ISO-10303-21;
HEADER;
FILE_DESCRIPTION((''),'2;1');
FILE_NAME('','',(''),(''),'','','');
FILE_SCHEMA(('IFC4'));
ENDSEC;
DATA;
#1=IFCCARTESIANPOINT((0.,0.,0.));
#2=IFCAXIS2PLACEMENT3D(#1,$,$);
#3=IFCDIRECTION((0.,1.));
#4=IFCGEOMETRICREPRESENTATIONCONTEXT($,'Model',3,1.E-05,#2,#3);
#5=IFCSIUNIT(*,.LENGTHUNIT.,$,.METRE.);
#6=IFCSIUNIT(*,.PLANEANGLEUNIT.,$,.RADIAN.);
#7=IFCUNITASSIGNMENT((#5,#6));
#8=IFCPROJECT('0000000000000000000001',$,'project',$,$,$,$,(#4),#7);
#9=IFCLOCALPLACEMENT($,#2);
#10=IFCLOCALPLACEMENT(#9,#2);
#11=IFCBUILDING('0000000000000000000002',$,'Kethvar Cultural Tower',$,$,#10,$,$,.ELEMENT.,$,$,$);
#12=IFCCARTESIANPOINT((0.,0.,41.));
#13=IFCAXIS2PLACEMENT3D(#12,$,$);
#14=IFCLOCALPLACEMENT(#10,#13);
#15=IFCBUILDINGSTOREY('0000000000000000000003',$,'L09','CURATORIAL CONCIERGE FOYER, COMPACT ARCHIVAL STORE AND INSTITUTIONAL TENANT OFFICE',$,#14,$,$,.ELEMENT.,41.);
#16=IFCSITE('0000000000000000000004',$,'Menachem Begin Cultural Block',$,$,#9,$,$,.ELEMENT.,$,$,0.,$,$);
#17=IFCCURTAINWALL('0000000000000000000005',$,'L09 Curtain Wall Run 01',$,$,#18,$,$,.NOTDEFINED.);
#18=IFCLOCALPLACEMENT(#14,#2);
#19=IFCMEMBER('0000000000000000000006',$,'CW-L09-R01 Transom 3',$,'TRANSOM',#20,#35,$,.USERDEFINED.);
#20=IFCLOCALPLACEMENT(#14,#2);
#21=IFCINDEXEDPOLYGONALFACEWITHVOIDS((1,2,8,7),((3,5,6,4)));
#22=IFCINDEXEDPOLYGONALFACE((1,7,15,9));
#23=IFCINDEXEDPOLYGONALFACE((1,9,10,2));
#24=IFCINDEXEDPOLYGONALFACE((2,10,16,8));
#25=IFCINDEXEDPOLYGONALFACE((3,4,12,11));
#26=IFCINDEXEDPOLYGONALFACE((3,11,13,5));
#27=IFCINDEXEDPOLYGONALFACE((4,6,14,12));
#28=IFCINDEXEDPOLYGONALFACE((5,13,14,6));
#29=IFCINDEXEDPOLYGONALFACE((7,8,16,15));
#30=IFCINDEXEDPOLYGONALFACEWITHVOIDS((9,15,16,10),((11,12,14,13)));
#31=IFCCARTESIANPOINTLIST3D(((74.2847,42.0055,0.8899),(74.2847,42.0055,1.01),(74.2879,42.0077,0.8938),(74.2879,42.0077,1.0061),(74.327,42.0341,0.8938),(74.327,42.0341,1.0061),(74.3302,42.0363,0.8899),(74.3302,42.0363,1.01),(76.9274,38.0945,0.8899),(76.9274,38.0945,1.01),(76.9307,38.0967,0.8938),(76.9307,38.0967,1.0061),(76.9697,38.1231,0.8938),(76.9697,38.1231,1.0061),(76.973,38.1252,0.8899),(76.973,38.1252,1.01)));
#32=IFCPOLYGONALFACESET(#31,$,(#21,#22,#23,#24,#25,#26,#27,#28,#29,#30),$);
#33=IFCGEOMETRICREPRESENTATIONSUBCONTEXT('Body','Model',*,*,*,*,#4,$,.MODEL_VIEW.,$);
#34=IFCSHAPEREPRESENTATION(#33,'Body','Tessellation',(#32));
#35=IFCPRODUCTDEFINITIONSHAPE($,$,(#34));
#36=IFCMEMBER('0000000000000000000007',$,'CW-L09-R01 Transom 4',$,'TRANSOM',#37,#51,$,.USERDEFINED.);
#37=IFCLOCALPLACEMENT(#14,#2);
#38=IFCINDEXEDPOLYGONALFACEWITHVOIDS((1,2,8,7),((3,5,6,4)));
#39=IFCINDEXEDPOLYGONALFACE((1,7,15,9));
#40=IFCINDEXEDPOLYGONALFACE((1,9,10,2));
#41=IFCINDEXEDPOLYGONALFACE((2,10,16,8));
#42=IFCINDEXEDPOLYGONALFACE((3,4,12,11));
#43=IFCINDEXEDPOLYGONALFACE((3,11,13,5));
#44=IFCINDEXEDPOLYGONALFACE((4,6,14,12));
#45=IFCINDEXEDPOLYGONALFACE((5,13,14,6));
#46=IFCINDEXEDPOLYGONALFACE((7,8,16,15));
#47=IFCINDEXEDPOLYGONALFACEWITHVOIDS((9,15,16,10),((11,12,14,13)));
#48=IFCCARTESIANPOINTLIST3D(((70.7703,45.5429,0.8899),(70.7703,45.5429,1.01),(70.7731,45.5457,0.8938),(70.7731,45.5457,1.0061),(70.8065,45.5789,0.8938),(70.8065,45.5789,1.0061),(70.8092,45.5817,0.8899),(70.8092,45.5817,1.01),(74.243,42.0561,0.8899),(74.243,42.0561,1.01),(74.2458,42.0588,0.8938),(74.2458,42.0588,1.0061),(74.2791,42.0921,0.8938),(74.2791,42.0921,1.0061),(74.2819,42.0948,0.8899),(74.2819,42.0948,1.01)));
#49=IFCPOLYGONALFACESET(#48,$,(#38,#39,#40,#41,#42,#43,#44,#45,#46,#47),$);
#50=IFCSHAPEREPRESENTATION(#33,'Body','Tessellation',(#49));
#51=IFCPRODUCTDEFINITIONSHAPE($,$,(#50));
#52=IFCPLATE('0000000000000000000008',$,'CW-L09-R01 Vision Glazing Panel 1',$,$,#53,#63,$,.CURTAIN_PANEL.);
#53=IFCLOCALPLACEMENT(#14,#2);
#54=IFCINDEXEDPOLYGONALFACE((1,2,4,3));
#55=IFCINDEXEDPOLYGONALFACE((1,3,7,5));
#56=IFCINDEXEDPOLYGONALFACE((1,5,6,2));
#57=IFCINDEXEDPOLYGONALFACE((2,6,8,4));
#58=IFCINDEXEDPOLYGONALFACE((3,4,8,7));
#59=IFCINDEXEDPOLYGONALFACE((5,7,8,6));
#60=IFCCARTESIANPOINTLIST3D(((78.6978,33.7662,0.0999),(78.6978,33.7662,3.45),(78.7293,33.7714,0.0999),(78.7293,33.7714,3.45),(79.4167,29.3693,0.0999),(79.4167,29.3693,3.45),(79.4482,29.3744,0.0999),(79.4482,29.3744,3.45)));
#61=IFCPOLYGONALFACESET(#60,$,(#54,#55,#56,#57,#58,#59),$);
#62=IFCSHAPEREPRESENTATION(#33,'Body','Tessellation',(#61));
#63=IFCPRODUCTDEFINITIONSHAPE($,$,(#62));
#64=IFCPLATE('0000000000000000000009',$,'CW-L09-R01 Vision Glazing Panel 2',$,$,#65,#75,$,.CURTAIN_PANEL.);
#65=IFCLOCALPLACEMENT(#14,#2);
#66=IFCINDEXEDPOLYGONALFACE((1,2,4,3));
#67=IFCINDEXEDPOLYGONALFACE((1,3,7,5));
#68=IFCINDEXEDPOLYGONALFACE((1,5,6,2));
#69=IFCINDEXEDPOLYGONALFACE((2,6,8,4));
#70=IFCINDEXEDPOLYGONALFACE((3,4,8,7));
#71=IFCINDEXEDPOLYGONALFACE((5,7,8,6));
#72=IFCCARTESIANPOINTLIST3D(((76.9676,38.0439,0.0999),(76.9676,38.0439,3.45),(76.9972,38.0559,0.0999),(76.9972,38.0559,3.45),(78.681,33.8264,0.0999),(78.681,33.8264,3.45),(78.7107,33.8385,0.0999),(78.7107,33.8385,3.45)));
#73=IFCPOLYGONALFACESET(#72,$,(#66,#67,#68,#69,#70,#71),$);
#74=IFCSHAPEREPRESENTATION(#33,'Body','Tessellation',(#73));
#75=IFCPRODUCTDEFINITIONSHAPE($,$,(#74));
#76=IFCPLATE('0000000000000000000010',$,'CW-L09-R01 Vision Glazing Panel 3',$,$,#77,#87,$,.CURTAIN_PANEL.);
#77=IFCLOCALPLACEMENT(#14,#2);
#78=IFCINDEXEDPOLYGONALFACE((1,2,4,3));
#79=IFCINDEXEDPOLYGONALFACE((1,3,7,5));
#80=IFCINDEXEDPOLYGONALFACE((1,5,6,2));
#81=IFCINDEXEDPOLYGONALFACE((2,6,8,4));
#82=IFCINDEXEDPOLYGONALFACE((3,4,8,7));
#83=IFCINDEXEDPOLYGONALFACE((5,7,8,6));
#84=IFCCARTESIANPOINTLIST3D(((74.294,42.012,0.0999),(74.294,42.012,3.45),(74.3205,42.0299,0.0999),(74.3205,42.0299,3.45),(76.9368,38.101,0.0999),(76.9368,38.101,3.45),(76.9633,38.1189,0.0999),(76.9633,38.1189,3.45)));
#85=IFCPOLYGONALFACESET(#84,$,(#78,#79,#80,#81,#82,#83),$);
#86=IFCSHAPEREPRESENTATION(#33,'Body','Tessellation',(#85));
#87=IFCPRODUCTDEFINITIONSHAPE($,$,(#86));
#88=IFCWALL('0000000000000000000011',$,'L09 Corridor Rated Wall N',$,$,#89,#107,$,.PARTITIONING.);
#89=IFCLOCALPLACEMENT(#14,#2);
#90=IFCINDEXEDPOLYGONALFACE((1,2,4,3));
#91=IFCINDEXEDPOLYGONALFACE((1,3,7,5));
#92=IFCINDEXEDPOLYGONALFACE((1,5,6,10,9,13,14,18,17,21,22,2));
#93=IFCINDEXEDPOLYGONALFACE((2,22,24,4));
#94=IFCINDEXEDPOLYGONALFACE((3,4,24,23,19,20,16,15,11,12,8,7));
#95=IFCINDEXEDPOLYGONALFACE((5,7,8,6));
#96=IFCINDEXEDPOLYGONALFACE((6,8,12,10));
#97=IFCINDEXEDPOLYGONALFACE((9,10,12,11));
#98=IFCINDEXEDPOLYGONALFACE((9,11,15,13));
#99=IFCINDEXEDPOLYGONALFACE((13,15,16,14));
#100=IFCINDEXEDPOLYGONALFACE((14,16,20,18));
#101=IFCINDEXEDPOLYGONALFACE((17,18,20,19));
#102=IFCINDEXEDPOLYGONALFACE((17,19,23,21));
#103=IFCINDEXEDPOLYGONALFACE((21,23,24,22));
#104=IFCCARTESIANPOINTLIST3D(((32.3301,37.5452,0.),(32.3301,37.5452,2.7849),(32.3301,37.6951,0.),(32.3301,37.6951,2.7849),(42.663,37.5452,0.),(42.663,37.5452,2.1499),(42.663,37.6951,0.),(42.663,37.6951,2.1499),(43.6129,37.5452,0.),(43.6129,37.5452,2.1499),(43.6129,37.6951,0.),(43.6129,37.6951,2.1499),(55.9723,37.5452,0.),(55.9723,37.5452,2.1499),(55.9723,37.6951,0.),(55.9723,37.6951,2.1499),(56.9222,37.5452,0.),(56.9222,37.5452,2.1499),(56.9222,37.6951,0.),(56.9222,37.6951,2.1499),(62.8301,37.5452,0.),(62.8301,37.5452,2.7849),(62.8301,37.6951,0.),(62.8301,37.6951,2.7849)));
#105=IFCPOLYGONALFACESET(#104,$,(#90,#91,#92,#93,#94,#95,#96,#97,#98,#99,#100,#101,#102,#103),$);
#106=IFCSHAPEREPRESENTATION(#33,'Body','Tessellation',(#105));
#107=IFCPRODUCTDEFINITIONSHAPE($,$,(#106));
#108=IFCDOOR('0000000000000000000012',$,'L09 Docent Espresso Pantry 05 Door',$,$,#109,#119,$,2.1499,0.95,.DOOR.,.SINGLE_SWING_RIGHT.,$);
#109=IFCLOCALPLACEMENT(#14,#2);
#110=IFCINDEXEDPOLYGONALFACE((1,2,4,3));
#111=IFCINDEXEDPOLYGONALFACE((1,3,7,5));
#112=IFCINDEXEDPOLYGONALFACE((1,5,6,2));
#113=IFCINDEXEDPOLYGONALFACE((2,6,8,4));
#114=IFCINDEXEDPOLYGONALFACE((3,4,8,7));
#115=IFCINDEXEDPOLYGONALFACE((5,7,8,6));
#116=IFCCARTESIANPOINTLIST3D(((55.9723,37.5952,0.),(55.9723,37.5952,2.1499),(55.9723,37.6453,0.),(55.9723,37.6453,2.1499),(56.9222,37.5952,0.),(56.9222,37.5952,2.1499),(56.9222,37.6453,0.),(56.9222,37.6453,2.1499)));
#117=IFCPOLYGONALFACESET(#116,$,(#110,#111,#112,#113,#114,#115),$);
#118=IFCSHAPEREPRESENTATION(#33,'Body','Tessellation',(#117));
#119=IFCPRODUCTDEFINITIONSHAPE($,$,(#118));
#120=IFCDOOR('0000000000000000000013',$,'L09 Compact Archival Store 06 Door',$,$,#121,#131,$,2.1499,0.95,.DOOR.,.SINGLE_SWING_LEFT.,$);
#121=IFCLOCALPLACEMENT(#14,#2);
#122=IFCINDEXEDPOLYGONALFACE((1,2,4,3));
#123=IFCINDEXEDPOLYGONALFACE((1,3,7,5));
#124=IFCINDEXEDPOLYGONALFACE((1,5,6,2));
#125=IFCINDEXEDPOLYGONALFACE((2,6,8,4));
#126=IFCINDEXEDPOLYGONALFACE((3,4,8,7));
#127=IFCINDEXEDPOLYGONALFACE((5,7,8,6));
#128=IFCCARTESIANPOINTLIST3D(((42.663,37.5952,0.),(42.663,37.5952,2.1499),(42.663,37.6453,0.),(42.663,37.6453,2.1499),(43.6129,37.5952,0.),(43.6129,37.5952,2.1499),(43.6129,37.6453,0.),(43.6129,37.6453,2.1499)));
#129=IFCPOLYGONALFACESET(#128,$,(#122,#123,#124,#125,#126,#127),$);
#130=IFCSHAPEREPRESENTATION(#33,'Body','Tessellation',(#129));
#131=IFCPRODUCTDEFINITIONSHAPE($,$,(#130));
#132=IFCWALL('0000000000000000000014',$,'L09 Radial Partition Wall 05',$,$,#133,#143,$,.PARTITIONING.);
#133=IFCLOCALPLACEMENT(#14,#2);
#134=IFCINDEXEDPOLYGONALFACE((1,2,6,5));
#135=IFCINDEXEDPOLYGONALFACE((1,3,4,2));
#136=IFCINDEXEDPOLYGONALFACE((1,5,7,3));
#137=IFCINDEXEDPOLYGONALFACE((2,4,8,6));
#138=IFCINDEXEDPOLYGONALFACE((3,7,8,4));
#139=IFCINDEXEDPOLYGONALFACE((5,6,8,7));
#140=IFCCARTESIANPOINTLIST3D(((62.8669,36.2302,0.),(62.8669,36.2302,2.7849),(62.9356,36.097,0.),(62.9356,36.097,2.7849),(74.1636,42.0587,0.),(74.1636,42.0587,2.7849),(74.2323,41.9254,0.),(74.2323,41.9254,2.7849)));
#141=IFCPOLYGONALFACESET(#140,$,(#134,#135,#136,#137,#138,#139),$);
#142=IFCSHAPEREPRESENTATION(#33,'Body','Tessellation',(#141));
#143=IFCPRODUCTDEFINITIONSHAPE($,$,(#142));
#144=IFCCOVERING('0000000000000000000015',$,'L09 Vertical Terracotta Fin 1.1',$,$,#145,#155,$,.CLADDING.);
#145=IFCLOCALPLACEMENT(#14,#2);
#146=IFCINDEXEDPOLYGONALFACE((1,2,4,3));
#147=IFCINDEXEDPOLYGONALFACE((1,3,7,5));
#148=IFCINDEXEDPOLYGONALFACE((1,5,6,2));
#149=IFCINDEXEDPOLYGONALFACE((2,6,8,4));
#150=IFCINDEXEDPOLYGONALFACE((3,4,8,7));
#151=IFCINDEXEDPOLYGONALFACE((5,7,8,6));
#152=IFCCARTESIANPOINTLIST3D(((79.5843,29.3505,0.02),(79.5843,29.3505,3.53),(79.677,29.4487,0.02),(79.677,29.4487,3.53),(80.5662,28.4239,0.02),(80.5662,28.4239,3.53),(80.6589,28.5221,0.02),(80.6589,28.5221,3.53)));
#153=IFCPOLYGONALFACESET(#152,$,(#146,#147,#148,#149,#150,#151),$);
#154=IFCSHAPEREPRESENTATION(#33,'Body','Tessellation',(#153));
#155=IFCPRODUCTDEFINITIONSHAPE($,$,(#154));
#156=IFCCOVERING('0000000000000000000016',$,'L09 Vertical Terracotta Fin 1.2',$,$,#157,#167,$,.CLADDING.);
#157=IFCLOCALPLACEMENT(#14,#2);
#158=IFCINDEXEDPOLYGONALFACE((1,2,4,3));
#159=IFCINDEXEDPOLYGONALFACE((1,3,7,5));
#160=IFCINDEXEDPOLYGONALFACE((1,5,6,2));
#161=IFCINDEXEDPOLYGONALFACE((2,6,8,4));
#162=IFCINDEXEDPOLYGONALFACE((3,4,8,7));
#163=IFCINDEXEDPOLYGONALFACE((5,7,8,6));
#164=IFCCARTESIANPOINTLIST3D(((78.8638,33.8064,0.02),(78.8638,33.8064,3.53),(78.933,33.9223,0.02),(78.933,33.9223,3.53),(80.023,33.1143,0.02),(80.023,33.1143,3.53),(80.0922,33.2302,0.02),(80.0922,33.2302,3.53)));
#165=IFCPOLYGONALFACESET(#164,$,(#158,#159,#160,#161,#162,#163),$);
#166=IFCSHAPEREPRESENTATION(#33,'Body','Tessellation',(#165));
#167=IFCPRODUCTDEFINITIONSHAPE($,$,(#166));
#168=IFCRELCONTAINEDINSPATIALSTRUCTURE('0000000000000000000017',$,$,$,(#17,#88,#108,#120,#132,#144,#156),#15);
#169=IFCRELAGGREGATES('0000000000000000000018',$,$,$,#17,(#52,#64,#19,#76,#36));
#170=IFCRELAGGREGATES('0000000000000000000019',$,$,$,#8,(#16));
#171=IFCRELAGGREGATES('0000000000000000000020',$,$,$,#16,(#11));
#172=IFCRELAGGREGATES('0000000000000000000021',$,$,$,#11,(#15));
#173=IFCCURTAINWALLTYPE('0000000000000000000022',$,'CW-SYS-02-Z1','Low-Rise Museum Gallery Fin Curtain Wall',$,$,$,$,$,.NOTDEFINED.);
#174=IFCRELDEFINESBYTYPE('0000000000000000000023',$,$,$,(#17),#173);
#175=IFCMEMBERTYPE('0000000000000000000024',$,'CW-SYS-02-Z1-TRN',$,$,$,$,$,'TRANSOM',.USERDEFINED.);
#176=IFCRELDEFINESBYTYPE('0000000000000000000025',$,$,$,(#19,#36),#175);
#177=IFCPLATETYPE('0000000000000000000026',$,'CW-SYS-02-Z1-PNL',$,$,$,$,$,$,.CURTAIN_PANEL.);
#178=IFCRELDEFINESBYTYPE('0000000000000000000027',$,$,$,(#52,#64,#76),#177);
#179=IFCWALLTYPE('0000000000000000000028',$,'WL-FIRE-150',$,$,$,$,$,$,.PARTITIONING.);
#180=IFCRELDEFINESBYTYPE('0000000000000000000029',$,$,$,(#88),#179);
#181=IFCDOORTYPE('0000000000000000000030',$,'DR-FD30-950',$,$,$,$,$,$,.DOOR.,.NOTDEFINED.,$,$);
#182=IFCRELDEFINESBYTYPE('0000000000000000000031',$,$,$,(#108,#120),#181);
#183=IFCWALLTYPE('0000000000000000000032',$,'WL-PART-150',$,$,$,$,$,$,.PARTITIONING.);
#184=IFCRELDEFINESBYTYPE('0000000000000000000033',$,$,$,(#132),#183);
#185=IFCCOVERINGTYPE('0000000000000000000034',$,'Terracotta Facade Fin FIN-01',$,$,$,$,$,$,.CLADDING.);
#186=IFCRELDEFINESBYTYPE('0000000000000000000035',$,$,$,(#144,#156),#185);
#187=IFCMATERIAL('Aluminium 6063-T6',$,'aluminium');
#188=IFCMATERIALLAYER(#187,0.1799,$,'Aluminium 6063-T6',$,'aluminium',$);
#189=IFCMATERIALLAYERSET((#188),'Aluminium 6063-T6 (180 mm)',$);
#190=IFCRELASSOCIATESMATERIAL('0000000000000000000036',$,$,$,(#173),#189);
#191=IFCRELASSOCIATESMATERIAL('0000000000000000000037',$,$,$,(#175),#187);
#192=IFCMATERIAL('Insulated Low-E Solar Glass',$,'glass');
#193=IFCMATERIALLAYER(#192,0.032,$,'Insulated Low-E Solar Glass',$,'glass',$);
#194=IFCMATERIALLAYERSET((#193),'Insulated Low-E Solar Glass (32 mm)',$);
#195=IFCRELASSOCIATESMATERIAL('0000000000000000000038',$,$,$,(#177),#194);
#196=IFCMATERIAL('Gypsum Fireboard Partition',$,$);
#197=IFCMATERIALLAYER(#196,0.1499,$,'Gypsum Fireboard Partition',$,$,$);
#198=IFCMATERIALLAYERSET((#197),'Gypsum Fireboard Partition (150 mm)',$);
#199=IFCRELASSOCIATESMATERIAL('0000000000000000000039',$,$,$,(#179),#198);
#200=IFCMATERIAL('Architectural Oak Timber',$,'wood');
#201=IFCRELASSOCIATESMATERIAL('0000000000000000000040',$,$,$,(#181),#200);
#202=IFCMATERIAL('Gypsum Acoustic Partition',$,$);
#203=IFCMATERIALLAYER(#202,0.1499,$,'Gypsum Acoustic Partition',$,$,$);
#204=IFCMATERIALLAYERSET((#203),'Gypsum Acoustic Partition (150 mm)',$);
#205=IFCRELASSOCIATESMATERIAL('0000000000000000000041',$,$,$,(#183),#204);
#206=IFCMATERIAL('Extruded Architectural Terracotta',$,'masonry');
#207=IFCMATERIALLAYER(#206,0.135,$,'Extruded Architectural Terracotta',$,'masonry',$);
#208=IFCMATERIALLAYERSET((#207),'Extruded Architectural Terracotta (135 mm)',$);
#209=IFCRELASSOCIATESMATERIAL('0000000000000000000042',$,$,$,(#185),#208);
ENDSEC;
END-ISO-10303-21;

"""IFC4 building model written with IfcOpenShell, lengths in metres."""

from ifc_helpers import new_model, si_unit, direction, frame, frame_2d, origin, origin_2d, place, context, subcontext, project, spatial, rectangle, hollow_rectangle, extrude, source, transform, mapped, material, layer, layer_set, material_profile, profile_set, type_object, element, fill, aggregate, save


model = new_model("IFC4")

# Units and contexts
model_context = context("Model", 3, precision=1e-05, world=origin(), true_north=direction((0.0, 1.0)))
body_context = subcontext(model_context, "Body", "Model", "MODEL_VIEW")
ifc_project = project(units=[si_unit("LENGTHUNIT", "METRE"), si_unit("PLANEANGLEUNIT", "RADIAN")], contexts=[model_context])

# Site, building, storey
site_placement = place(None, origin())
site = spatial("IfcSite", under=ifc_project, at=site_placement, Name="Menachem Begin Cultural Block", CompositionType="ELEMENT", RefElevation=0.0)
building_placement = place(site_placement, origin())
building = spatial("IfcBuilding", under=site, at=building_placement, Name="Kethvar Cultural Tower", CompositionType="ELEMENT")
storey_placement = place(building_placement, frame((0.0, 0.0, 41.0)))
storey = spatial("IfcBuildingStorey", under=building, at=storey_placement, Name="L09", Description="CURATORIAL CONCIERGE FOYER, COMPACT ARCHIVAL STORE AND INSTITUTIONAL TENANT OFFICE", CompositionType="ELEMENT", Elevation=41.0)

# Curtain wall
ifc_material_1 = material(Name="Aluminium 6063-T6", Category="aluminium")
ifc_layer_1 = layer(ifc_material_1, 0.1799, Name="Aluminium 6063-T6", Category="aluminium")
ifc_layer_set_1 = layer_set([ifc_layer_1], Name="Aluminium 6063-T6 (180 mm)")
curtain_wall_type = type_object("IfcCurtainWallType", Name="CW-SYS-02-Z1", Description="Low-Rise Museum Gallery Fin Curtain Wall", PredefinedType="NOTDEFINED", material=ifc_layer_set_1)
curtain_wall_1_placement = place(storey_placement, origin())
curtain_wall_1 = element("IfcCurtainWall", 1, at=curtain_wall_1_placement, inside=storey, type_object=curtain_wall_type, Name="L09 Curtain Wall Run 01", PredefinedType="NOTDEFINED")

# Members
ifc_material_profile_1 = material_profile(ifc_material_1, hollow_rectangle(XDim=0.0549, YDim=0.1201, WallThickness=0.0039, at=origin_2d()), Name="Aluminium 6063-T6 — RHS120x55x4")
ifc_profile_set_1 = profile_set([ifc_material_profile_1], Name="Aluminium 6063-T6 — RHS120x55x4")
member_type_1 = type_object("IfcMemberType", Name="CW-SYS-02-Z1-TRN", ElementType="TRANSOM", PredefinedType="USERDEFINED", material=ifc_profile_set_1)
shared_shape_1 = source(origin(), body_context, "Body", "SweptSolid", [
    extrude(hollow_rectangle(XDim=0.0549, YDim=0.1201, WallThickness=0.0039, at=origin_2d()), origin(), (0.0, 0.0, 1.0), 4.7202),
])
member_1_placement = place(storey_placement, frame((76.9502, 38.1099, 0.95), z_axis=(-0.559881, 0.828573, 0.0), x_axis=(-0.828573, -0.559881, 0.0)))
member_1 = element("IfcMember", 2, at=member_1_placement, type_object=member_type_1, Name="CW-L09-R01 Transom 3", ObjectType="TRANSOM", PredefinedType="USERDEFINED", context=body_context, shape_type="MappedRepresentation", body=[
    mapped(shared_shape_1, transform((0.0, 0.0, 0.0), scale=1.0)),
])
shared_shape_2 = source(origin(), body_context, "Body", "SweptSolid", [
    extrude(hollow_rectangle(XDim=0.0549, YDim=0.1201, WallThickness=0.0039, at=origin_2d()), origin(), (0.0, 0.0, 1.0), 4.9211),
])
member_2_placement = place(storey_placement, frame((74.2625, 42.0754, 0.95), z_axis=(-0.705667, 0.708544, 0.0), x_axis=(-0.708544, -0.705667, 0.0)))
member_2 = element("IfcMember", 3, at=member_2_placement, type_object=member_type_1, Name="CW-L09-R01 Transom 4", ObjectType="TRANSOM", PredefinedType="USERDEFINED", context=body_context, shape_type="MappedRepresentation", body=[
    mapped(shared_shape_2, transform((0.0, 0.0, 0.0), scale=1.0)),
])

# Plates
ifc_material_2 = material(Name="Insulated Low-E Solar Glass", Category="glass")
ifc_layer_2 = layer(ifc_material_2, 0.032, Name="Insulated Low-E Solar Glass", Category="glass")
ifc_layer_set_2 = layer_set([ifc_layer_2], Name="Insulated Low-E Solar Glass (32 mm)")
plate_type = type_object("IfcPlateType", Name="CW-SYS-02-Z1-PNL", PredefinedType="CURTAIN_PANEL", material=ifc_layer_set_2)
shared_shape_3 = source(origin(), body_context, "Body", "SweptSolid", [
    extrude(rectangle(XDim=4.4553, YDim=0.032, at=origin_2d()), origin(), (0.0, 0.0, 1.0), 3.3501),
])
plate_1_placement = place(storey_placement, frame((79.073, 31.5703, 0.0999), z_axis=(0.0, 0.0, 1.0), x_axis=(-0.161363, 0.986895, 0.0)))
plate_1 = element("IfcPlate", 4, at=plate_1_placement, type_object=plate_type, Name="CW-L09-R01 Vision Glazing Panel 1", PredefinedType="CURTAIN_PANEL", context=body_context, shape_type="MappedRepresentation", body=[
    mapped(shared_shape_3, transform((0.0, 0.0, 0.0), scale=1.0)),
])
shared_shape_4 = source(origin(), body_context, "Body", "SweptSolid", [
    extrude(rectangle(XDim=4.5522, YDim=0.032, at=origin_2d()), origin(), (0.0, 0.0, 1.0), 3.3501),
])
plate_2_placement = place(storey_placement, frame((77.8391, 35.9412, 0.0999), z_axis=(0.0, 0.0, 1.0), x_axis=(-0.376402, 0.926456, 0.0)))
plate_2 = element("IfcPlate", 5, at=plate_2_placement, type_object=plate_type, Name="CW-L09-R01 Vision Glazing Panel 2", PredefinedType="CURTAIN_PANEL", context=body_context, shape_type="MappedRepresentation", body=[
    mapped(shared_shape_4, transform((0.0, 0.0, 0.0), scale=1.0)),
])
shared_shape_5 = source(origin(), body_context, "Body", "SweptSolid", [
    extrude(rectangle(XDim=4.7202, YDim=0.032, at=origin_2d()), origin(), (0.0, 0.0, 1.0), 3.3501),
])
plate_3_placement = place(storey_placement, frame((75.6287, 40.0654, 0.0999), z_axis=(0.0, 0.0, 1.0), x_axis=(-0.559887, 0.828569, 0.0)))
plate_3 = element("IfcPlate", 6, at=plate_3_placement, type_object=plate_type, Name="CW-L09-R01 Vision Glazing Panel 3", PredefinedType="CURTAIN_PANEL", context=body_context, shape_type="MappedRepresentation", body=[
    mapped(shared_shape_5, transform((0.0, 0.0, 0.0), scale=1.0)),
])
aggregate(curtain_wall_1, [plate_1, plate_2, member_1, plate_3, member_2])

# Wall, openings, doors
ifc_material_3 = material(Name="Gypsum Fireboard Partition")
ifc_layer_3 = layer(ifc_material_3, 0.1499, Name="Gypsum Fireboard Partition")
ifc_layer_set_3 = layer_set([ifc_layer_3], Name="Gypsum Fireboard Partition (150 mm)")
wall_type_1 = type_object("IfcWallType", Name="WL-FIRE-150", PredefinedType="PARTITIONING", material=ifc_layer_set_3)
wall_1_placement = place(storey_placement, frame((62.8301, 37.6201, 0.0), z_axis=(0.0, 0.0, 1.0), x_axis=(-1.0, 0.0, 0.0)))
wall_1 = element("IfcWall", 7, at=wall_1_placement, inside=storey, type_object=wall_type_1, Name="L09 Corridor Rated Wall N", PredefinedType="PARTITIONING", context=body_context, shape_type="SweptSolid", body=[
    extrude(rectangle(XDim=30.5, YDim=0.1499, at=frame_2d((15.25, 0.0))), origin(), (0.0, 0.0, 1.0), 2.7849),
])
opening_1_placement = place(wall_1_placement, frame((5.9077, 0.0, 0.0)))
opening_1 = element("IfcOpeningElement", 8, at=opening_1_placement, cuts=wall_1, PredefinedType="OPENING", context=body_context, shape_type="SweptSolid", body=[
    extrude(rectangle(XDim=0.95, YDim=2.1499, at=frame_2d((0.4751, 1.075))), frame((0.0, 0.085, 0.0), z_axis=(0.0, -1.0, 0.0), x_axis=(1.0, 0.0, 0.0)), (0.0, 0.0, 1.0), 0.1699),
])
opening_2_placement = place(wall_1_placement, frame((19.217, 0.0, 0.0)))
opening_2 = element("IfcOpeningElement", 9, at=opening_2_placement, cuts=wall_1, PredefinedType="OPENING", context=body_context, shape_type="SweptSolid", body=[
    extrude(rectangle(XDim=0.95, YDim=2.1499, at=frame_2d((0.4751, 1.075))), frame((0.0, 0.085, 0.0), z_axis=(0.0, -1.0, 0.0), x_axis=(1.0, 0.0, 0.0)), (0.0, 0.0, 1.0), 0.1699),
])
ifc_material_4 = material(Name="Architectural Oak Timber", Category="wood")
door_type = type_object("IfcDoorType", Name="DR-FD30-950", OperationType="NOTDEFINED", PredefinedType="DOOR", material=ifc_material_4)
shared_shape_6 = source(origin(), body_context, "Body", "SweptSolid", [
    extrude(rectangle(XDim=0.95, YDim=2.1499, at=frame_2d((0.4751, 1.075))), frame((0.0, 0.0249, 0.0), z_axis=(0.0, -1.0, 0.0), x_axis=(1.0, 0.0, 0.0)), (0.0, 0.0, 1.0), 0.05),
])
door_1_placement = place(opening_1_placement, origin())
door_1 = element("IfcDoor", 10, at=door_1_placement, inside=storey, type_object=door_type, Name="L09 Docent Espresso Pantry 05 Door", OperationType="SINGLE_SWING_RIGHT", OverallHeight=2.1499, OverallWidth=0.95, PredefinedType="DOOR", context=body_context, shape_type="MappedRepresentation", body=[
    mapped(shared_shape_6, transform((0.0, 0.0, 0.0), scale=1.0)),
])
fill(opening_1, door_1)
door_2_placement = place(opening_2_placement, origin())
door_2 = element("IfcDoor", 11, at=door_2_placement, inside=storey, type_object=door_type, Name="L09 Compact Archival Store 06 Door", OperationType="SINGLE_SWING_LEFT", OverallHeight=2.1499, OverallWidth=0.95, PredefinedType="DOOR", context=body_context, shape_type="MappedRepresentation", body=[
    mapped(shared_shape_6, transform((0.0, 0.0, 0.0), scale=1.0)),
])
fill(opening_2, door_2)

# Wall
ifc_material_5 = material(Name="Gypsum Acoustic Partition")
ifc_layer_4 = layer(ifc_material_5, 0.1499, Name="Gypsum Acoustic Partition")
ifc_layer_set_4 = layer_set([ifc_layer_4], Name="Gypsum Acoustic Partition (150 mm)")
wall_type_2 = type_object("IfcWallType", Name="WL-PART-150", PredefinedType="PARTITIONING", material=ifc_layer_set_4)
wall_2_placement = place(storey_placement, frame((62.9011, 36.1636, 0.0), z_axis=(0.0, 0.0, 1.0), x_axis=(0.88869, 0.458509, 0.0)))
element("IfcWall", 12, at=wall_2_placement, inside=storey, type_object=wall_type_2, Name="L09 Radial Partition Wall 05", PredefinedType="PARTITIONING", context=body_context, shape_type="SweptSolid", body=[
    extrude(rectangle(XDim=12.7117, YDim=0.1499, at=frame_2d((6.356, 0.0))), origin(), (0.0, 0.0, 1.0), 2.7849),
])

# Coverings
ifc_material_6 = material(Name="Extruded Architectural Terracotta", Category="masonry")
ifc_layer_5 = layer(ifc_material_6, 0.135, Name="Extruded Architectural Terracotta", Category="masonry")
ifc_layer_set_5 = layer_set([ifc_layer_5], Name="Extruded Architectural Terracotta (135 mm)")
covering_type = type_object("IfcCoveringType", Name="Terracotta Facade Fin FIN-01", PredefinedType="CLADDING", material=ifc_layer_set_5)
shared_shape_7 = source(origin(), body_context, "Body", "SweptSolid", [
    extrude(rectangle(XDim=1.3501, YDim=0.135, at=origin_2d()), origin(), (0.0, 0.0, 1.0), 3.51),
])
for number, where, z_axis, x_axis, name in (
    (13, (80.1216, 28.9363, 0.02), (0.0, 0.0, 1.0), (0.727294, -0.686326, 0.0), "L09 Vertical Terracotta Fin 1.1"),
    (14, (79.478, 33.5183, 0.02), (0.0, 0.0, 1.0), (0.858602, -0.512642, 0.0), "L09 Vertical Terracotta Fin 1.2"),
):
    element("IfcCovering", number, at=place(storey_placement, frame(where, z_axis=z_axis, x_axis=x_axis)), inside=storey, type_object=covering_type, Name=name, PredefinedType="CLADDING", context=body_context, shape_type="MappedRepresentation", body=[
        mapped(shared_shape_7, transform((0.0, 0.0, 0.0), scale=1.0)),
    ])

save(model, "model.ifc")
